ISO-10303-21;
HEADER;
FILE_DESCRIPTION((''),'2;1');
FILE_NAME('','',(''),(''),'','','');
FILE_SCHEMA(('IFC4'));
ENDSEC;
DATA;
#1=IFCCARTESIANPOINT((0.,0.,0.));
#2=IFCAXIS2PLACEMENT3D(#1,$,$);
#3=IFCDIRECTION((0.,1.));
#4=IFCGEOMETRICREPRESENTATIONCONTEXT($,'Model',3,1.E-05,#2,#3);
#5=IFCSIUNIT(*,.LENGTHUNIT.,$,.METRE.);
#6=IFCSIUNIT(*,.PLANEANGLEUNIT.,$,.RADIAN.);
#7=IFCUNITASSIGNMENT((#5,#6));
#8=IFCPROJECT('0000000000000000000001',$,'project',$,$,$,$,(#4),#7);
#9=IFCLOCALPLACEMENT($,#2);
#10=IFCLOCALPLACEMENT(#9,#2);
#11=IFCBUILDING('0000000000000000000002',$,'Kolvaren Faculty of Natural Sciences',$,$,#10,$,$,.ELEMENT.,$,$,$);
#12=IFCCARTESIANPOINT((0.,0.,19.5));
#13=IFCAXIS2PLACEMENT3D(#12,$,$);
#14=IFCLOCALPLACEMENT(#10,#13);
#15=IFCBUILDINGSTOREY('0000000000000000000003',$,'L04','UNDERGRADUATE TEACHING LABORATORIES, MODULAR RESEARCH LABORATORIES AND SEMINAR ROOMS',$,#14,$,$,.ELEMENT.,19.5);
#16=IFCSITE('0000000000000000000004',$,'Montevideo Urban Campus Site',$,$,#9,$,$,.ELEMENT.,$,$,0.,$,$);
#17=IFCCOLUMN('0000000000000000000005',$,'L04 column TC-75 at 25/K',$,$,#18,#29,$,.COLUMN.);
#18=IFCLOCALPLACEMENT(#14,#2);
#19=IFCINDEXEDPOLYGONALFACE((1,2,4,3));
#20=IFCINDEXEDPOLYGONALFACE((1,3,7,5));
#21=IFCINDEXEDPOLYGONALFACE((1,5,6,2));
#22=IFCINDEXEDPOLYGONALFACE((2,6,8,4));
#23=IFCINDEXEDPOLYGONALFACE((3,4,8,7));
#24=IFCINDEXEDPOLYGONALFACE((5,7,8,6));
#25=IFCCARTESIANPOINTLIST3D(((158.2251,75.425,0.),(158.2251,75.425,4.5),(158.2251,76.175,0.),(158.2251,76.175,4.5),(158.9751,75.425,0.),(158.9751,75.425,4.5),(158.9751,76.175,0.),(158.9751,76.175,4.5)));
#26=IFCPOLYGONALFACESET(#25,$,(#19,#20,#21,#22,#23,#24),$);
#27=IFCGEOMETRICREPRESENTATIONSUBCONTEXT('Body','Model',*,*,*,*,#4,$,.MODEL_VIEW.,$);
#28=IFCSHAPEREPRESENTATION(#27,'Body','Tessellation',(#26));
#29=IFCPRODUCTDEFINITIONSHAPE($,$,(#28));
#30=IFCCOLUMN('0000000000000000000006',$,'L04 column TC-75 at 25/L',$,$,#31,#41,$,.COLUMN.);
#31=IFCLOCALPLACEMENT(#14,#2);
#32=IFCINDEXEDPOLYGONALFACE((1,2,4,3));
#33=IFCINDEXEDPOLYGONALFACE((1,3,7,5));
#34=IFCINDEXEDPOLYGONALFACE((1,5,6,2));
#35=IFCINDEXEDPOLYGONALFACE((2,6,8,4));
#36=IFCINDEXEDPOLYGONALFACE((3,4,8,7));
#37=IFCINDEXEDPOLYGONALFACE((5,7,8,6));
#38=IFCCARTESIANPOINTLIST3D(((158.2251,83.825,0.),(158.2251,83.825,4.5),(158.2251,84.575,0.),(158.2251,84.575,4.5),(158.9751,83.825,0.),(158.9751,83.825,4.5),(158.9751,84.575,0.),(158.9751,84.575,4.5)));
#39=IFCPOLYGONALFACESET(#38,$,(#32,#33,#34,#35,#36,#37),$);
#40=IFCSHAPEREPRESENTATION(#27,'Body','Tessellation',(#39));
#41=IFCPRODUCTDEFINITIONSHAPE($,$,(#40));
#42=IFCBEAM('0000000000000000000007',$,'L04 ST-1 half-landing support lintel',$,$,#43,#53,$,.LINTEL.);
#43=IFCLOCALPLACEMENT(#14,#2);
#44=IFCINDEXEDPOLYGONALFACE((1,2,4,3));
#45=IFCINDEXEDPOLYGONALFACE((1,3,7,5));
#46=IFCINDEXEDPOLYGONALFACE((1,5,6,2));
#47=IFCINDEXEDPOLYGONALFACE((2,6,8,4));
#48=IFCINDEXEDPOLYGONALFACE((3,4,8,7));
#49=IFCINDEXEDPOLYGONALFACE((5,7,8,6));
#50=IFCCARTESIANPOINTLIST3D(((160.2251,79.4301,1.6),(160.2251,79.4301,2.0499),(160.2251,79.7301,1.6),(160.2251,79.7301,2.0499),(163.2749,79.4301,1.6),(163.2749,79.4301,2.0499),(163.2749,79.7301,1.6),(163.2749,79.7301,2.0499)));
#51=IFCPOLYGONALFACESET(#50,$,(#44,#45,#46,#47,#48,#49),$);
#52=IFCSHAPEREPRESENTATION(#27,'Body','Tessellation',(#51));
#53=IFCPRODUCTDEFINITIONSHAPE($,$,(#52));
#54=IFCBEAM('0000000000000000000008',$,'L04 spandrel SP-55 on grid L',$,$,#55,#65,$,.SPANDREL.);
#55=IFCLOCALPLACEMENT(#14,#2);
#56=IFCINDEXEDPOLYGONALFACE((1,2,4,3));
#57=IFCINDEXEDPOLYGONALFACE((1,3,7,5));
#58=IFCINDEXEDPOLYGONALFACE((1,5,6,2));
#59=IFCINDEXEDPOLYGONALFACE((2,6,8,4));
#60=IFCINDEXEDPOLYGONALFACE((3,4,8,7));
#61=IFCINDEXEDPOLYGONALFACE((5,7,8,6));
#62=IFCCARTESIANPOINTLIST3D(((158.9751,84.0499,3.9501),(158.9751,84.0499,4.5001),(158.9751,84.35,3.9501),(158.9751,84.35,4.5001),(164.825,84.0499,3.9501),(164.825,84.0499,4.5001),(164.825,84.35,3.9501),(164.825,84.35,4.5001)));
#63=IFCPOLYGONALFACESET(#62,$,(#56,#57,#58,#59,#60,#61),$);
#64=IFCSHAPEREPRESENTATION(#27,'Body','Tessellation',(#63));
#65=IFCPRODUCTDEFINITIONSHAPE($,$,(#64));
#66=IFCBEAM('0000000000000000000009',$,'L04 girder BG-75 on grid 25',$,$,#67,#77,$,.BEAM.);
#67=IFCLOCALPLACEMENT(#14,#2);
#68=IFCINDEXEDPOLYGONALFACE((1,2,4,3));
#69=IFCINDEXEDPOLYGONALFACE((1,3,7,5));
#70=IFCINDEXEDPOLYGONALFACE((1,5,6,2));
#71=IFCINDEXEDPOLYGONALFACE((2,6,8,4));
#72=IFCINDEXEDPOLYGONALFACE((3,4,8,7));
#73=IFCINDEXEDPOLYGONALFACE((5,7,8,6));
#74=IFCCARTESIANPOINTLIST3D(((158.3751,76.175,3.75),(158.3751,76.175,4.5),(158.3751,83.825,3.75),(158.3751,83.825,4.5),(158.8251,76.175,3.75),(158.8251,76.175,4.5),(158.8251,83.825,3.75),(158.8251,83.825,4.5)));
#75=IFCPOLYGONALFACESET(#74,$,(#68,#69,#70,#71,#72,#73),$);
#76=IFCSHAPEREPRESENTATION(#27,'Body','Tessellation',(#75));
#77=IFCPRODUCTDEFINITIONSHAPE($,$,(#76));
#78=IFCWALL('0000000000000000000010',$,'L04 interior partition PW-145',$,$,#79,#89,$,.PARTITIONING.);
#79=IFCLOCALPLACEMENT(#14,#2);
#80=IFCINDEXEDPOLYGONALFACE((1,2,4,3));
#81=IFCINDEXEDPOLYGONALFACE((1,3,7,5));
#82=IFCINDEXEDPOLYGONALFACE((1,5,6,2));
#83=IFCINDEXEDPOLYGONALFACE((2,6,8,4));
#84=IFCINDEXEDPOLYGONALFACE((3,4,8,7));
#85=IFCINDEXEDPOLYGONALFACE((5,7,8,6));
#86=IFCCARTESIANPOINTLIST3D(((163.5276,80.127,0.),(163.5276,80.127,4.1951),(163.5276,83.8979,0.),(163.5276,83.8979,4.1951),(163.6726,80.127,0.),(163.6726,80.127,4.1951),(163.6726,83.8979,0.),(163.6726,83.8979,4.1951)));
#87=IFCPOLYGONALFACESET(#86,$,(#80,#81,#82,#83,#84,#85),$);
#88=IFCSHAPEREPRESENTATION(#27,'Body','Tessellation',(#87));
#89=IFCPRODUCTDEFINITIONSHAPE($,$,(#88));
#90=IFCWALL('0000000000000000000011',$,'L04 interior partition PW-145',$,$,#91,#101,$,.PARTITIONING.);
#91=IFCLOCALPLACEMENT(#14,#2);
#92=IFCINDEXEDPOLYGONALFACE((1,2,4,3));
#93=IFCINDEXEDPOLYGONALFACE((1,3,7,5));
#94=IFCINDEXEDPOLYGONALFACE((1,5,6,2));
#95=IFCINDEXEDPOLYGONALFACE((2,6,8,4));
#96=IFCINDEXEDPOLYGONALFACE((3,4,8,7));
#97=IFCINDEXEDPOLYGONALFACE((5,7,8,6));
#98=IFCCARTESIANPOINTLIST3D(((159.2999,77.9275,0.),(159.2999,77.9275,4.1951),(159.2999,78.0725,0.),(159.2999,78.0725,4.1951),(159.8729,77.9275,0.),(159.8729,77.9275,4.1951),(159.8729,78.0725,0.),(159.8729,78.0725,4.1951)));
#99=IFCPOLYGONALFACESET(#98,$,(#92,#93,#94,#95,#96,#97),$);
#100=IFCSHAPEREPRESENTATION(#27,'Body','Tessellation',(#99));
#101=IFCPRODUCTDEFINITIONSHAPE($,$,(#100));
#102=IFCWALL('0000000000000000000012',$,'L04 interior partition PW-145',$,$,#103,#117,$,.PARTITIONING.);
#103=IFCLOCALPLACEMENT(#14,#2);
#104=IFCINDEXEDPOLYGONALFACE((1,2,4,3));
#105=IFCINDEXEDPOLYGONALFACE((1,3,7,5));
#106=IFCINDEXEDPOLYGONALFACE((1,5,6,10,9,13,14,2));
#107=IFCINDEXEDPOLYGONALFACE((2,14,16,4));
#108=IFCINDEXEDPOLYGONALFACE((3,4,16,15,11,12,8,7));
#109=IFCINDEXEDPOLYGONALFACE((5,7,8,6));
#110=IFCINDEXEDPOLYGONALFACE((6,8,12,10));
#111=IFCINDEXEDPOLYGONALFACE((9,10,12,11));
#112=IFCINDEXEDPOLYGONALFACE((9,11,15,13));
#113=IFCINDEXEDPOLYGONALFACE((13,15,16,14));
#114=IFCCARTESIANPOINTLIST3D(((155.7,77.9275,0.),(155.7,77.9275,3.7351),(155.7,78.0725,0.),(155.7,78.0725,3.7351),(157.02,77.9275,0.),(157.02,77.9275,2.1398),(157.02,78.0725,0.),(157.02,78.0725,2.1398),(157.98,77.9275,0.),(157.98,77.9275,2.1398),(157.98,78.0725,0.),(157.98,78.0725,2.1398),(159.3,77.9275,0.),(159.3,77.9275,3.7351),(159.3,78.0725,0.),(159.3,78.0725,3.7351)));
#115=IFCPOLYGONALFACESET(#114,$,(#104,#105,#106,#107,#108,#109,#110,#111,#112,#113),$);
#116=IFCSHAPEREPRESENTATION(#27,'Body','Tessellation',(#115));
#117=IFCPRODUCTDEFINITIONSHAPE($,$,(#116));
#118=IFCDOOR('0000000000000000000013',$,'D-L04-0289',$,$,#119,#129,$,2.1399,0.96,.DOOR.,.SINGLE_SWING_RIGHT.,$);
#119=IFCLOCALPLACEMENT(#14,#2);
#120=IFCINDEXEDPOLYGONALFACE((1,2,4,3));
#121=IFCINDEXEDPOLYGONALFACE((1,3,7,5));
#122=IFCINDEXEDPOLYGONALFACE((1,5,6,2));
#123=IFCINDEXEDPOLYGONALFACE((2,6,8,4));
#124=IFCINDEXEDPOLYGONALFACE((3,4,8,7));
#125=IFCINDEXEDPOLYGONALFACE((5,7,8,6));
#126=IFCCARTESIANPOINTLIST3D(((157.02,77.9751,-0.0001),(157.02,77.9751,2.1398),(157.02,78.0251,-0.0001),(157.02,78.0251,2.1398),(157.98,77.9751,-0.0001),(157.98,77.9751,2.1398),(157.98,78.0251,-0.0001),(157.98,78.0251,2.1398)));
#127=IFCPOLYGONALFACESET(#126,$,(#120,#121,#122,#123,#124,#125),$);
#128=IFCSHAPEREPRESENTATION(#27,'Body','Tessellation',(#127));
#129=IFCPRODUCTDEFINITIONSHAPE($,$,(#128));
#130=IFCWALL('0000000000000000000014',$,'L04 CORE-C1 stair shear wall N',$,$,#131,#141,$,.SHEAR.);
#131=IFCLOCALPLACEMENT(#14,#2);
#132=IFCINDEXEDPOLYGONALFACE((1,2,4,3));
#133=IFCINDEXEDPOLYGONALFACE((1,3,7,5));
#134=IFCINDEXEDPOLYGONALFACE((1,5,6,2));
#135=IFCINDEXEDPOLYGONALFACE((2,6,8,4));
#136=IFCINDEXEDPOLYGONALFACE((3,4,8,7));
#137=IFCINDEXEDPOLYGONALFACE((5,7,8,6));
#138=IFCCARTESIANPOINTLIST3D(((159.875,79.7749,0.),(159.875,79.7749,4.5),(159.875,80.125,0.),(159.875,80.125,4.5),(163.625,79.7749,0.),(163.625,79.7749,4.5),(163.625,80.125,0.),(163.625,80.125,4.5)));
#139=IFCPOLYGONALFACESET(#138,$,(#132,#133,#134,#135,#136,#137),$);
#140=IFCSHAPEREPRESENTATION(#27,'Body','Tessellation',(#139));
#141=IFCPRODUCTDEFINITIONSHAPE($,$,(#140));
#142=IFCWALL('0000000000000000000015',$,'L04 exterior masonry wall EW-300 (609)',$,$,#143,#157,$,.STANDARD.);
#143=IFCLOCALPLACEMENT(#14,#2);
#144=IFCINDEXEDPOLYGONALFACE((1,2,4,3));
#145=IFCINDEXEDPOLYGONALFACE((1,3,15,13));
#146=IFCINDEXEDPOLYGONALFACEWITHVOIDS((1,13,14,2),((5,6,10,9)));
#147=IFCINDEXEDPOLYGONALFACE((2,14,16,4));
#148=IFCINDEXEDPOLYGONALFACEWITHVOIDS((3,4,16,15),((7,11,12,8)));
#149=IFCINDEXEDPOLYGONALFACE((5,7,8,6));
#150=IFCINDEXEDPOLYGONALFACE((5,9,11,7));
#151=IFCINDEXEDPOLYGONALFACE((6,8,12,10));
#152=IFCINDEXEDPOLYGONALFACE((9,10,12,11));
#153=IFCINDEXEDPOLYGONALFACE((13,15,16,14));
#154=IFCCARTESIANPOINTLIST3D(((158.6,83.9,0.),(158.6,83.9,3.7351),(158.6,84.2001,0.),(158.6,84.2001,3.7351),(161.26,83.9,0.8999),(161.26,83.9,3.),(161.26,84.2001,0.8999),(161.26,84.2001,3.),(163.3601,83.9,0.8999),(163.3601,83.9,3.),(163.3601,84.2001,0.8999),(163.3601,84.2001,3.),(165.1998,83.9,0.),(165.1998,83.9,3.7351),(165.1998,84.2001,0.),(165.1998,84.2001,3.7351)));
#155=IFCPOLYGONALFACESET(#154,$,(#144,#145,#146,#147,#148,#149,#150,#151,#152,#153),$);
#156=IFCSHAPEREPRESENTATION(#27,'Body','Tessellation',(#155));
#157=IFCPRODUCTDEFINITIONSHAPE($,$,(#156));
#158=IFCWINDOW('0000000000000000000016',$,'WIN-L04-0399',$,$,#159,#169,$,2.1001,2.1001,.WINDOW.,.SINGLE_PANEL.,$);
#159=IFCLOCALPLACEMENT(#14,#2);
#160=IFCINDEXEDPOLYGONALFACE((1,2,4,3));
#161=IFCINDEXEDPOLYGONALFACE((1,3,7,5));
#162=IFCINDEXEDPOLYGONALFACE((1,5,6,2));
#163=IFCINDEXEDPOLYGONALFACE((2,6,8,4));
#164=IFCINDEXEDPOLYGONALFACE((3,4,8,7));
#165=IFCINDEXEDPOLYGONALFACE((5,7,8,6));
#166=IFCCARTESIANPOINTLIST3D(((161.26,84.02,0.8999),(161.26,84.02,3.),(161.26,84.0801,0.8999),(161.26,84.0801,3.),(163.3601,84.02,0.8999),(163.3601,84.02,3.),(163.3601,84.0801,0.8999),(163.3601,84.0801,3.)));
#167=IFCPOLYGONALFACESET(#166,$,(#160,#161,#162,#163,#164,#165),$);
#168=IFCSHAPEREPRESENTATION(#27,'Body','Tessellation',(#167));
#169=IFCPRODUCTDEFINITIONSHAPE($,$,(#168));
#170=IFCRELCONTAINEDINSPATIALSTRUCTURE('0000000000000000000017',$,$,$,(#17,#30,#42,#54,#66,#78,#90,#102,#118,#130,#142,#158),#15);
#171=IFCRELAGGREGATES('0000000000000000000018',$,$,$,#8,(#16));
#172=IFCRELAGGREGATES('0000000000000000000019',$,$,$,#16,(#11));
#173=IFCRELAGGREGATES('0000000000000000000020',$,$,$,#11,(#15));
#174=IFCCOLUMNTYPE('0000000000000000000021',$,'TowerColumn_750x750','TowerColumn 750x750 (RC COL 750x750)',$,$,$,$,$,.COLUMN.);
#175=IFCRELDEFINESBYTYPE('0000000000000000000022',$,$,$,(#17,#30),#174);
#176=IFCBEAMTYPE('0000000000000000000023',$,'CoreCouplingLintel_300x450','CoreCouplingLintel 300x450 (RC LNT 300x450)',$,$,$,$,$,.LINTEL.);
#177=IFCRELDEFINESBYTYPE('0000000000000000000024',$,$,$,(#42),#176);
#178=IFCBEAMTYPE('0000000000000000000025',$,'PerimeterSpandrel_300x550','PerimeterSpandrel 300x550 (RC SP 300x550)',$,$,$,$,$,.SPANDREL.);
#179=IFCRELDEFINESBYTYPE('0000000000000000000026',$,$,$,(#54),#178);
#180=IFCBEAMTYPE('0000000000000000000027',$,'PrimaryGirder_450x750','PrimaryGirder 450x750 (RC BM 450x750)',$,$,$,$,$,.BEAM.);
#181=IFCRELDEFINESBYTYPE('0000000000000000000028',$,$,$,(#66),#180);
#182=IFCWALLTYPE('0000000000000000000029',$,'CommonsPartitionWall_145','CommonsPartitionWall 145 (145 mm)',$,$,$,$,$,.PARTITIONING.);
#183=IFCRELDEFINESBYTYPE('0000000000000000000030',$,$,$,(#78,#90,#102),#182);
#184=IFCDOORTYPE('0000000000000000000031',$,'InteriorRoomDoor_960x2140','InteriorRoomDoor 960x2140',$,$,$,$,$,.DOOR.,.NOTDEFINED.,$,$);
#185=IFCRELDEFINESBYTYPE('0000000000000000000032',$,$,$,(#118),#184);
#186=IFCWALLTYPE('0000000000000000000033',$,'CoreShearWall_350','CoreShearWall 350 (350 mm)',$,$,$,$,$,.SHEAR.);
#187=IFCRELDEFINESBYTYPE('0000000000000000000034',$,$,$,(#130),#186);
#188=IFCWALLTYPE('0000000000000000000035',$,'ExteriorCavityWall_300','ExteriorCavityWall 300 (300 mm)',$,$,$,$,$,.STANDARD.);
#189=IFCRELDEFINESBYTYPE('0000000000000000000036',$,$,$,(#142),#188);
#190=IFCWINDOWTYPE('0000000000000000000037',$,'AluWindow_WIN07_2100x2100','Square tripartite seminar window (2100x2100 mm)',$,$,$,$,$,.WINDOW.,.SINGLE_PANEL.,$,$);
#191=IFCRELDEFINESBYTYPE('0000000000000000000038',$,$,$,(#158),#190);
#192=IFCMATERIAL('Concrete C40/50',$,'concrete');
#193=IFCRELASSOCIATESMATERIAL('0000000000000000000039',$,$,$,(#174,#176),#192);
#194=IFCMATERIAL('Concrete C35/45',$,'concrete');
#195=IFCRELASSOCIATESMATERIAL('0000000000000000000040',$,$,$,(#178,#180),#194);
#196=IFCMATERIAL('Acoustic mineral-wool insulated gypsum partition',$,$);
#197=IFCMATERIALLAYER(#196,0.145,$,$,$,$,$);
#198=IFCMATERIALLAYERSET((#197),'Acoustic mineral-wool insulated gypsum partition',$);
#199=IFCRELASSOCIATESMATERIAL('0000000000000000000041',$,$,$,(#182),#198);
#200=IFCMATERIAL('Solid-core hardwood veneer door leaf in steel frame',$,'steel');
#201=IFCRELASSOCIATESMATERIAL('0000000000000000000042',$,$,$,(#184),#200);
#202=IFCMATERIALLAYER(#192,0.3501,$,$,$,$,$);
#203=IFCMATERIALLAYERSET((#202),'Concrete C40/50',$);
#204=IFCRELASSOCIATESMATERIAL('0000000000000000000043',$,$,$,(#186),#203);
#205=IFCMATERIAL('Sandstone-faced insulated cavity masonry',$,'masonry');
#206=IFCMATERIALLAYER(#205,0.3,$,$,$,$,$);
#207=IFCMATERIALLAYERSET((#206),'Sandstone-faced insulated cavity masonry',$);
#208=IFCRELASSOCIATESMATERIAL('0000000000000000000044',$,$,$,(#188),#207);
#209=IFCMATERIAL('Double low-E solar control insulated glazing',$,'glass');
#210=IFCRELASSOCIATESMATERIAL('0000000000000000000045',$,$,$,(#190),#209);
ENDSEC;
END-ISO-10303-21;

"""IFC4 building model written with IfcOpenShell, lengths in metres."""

from ifc_helpers import new_model, si_unit, direction, frame, frame_2d, origin, origin_2d, place, context, subcontext, project, spatial, rectangle, extrude, material, layer, layer_set, material_profile, profile_set, type_object, element, fill, save


model = new_model("IFC4")

# Units and contexts
model_context = context("Model", 3, precision=1e-05, world=origin(), true_north=direction((0.0, 1.0)))
body_context = subcontext(model_context, "Body", "Model", "MODEL_VIEW")
ifc_project = project(units=[si_unit("LENGTHUNIT", "METRE"), si_unit("PLANEANGLEUNIT", "RADIAN")], contexts=[model_context])

# Site, building, storey
site_placement = place(None, origin())
site = spatial("IfcSite", under=ifc_project, at=site_placement, Name="Montevideo Urban Campus Site", CompositionType="ELEMENT", RefElevation=0.0)
building_placement = place(site_placement, origin())
building = spatial("IfcBuilding", under=site, at=building_placement, Name="Kolvaren Faculty of Natural Sciences", CompositionType="ELEMENT")
storey_placement = place(building_placement, frame((0.0, 0.0, 19.5)))
storey = spatial("IfcBuildingStorey", under=building, at=storey_placement, Name="L04", Description="UNDERGRADUATE TEACHING LABORATORIES, MODULAR RESEARCH LABORATORIES AND SEMINAR ROOMS", CompositionType="ELEMENT", Elevation=19.5)

# Columns
ifc_material_1 = material(Name="Concrete C40/50", Category="concrete")
ifc_material_profile_1 = material_profile(ifc_material_1, rectangle(XDim=0.75, YDim=0.75, at=origin_2d()), Name="RC COL 750x750")
ifc_profile_set_1 = profile_set([ifc_material_profile_1], Name="Concrete C40/50")
column_type = type_object("IfcColumnType", Name="TowerColumn_750x750", Description="TowerColumn 750x750 (RC COL 750x750)", PredefinedType="COLUMN", material=ifc_profile_set_1)
for number, where, z_axis, x_axis, name in (
    (1, (158.6001, 75.8, 0.0), (0.0, 0.0, 1.0), (1.0, 0.0, 0.0), "L04 column TC-75 at 25/K"),
    (2, (158.6001, 84.2, 0.0), (0.0, 0.0, 1.0), (1.0, 0.0, 0.0), "L04 column TC-75 at 25/L"),
):
    element("IfcColumn", number, at=place(storey_placement, frame(where, z_axis=z_axis, x_axis=x_axis)), inside=storey, type_object=column_type, Name=name, PredefinedType="COLUMN", context=body_context, shape_type="SweptSolid", body=[
        extrude(rectangle(XDim=0.75, YDim=0.75, at=origin_2d()), origin(), (0.0, 0.0, 1.0), 4.5),
    ])

# Beams
ifc_material_profile_2 = material_profile(ifc_material_1, rectangle(XDim=0.3, YDim=0.45, at=origin_2d()), Name="RC LNT 300x450")
ifc_profile_set_2 = profile_set([ifc_material_profile_2], Name="Concrete C40/50")
beam_type_1 = type_object("IfcBeamType", Name="CoreCouplingLintel_300x450", Description="CoreCouplingLintel 300x450 (RC LNT 300x450)", PredefinedType="LINTEL", material=ifc_profile_set_2)
beam_1_placement = place(storey_placement, frame((160.2251, 79.5801, 1.825), z_axis=(1.0, 0.0, 0.0), x_axis=(0.0, 1.0, 0.0)))
element("IfcBeam", 3, at=beam_1_placement, inside=storey, type_object=beam_type_1, Name="L04 ST-1 half-landing support lintel", PredefinedType="LINTEL", context=body_context, shape_type="SweptSolid", body=[
    extrude(rectangle(XDim=0.3, YDim=0.45, at=origin_2d()), origin(), (0.0, 0.0, 1.0), 3.0498),
])
ifc_material_2 = material(Name="Concrete C35/45", Category="concrete")
ifc_material_profile_3 = material_profile(ifc_material_2, rectangle(XDim=0.3, YDim=0.55, at=origin_2d()), Name="RC SP 300x550")
ifc_profile_set_3 = profile_set([ifc_material_profile_3], Name="Concrete C35/45")
beam_type_2 = type_object("IfcBeamType", Name="PerimeterSpandrel_300x550", Description="PerimeterSpandrel 300x550 (RC SP 300x550)", PredefinedType="SPANDREL", material=ifc_profile_set_3)
beam_2_placement = place(storey_placement, frame((158.9751, 84.2, 4.2251), z_axis=(1.0, 0.0, 0.0), x_axis=(0.0, 1.0, 0.0)))
element("IfcBeam", 4, at=beam_2_placement, inside=storey, type_object=beam_type_2, Name="L04 spandrel SP-55 on grid L", PredefinedType="SPANDREL", context=body_context, shape_type="SweptSolid", body=[
    extrude(rectangle(XDim=0.3, YDim=0.55, at=origin_2d()), origin(), (0.0, 0.0, 1.0), 5.8499),
])
ifc_material_profile_4 = material_profile(ifc_material_2, rectangle(XDim=0.45, YDim=0.75, at=origin_2d()), Name="RC BM 450x750")
ifc_profile_set_4 = profile_set([ifc_material_profile_4], Name="Concrete C35/45")
beam_type_3 = type_object("IfcBeamType", Name="PrimaryGirder_450x750", Description="PrimaryGirder 450x750 (RC BM 450x750)", PredefinedType="BEAM", material=ifc_profile_set_4)
beam_3_placement = place(storey_placement, frame((158.6001, 76.175, 4.125), z_axis=(0.0, 1.0, 0.0), x_axis=(-1.0, 0.0, 0.0)))
element("IfcBeam", 5, at=beam_3_placement, inside=storey, type_object=beam_type_3, Name="L04 girder BG-75 on grid 25", PredefinedType="BEAM", context=body_context, shape_type="SweptSolid", body=[
    extrude(rectangle(XDim=0.45, YDim=0.75, at=origin_2d()), origin(), (0.0, 0.0, 1.0), 7.6499),
])

# Walls
ifc_material_3 = material(Name="Acoustic mineral-wool insulated gypsum partition")
ifc_layer_1 = layer(ifc_material_3, 0.145)
ifc_layer_set_1 = layer_set([ifc_layer_1], Name="Acoustic mineral-wool insulated gypsum partition")
wall_type_1 = type_object("IfcWallType", Name="CommonsPartitionWall_145", Description="CommonsPartitionWall 145 (145 mm)", PredefinedType="PARTITIONING", material=ifc_layer_set_1)
wall_1_placement = place(storey_placement, frame((163.6001, 83.8979, 0.0), z_axis=(0.0, 0.0, 1.0), x_axis=(0.0, -1.0, 0.0)))
element("IfcWall", 6, at=wall_1_placement, inside=storey, type_object=wall_type_1, Name="L04 interior partition PW-145", PredefinedType="PARTITIONING", context=body_context, shape_type="SweptSolid", body=[
    extrude(rectangle(XDim=3.771, YDim=0.145, at=frame_2d((1.8855, 0.0))), origin(), (0.0, 0.0, 1.0), 4.1951),
])
wall_2_placement = place(storey_placement, frame((159.873, 78.0, 0.0), z_axis=(0.0, 0.0, 1.0), x_axis=(-1.0, 0.0, 0.0)))
element("IfcWall", 7, at=wall_2_placement, inside=storey, type_object=wall_type_1, Name="L04 interior partition PW-145", PredefinedType="PARTITIONING", context=body_context, shape_type="SweptSolid", body=[
    extrude(rectangle(XDim=0.573, YDim=0.145, at=frame_2d((0.2866, 0.0))), origin(), (0.0, 0.0, 1.0), 4.1951),
])

# Wall, opening, door
wall_3_placement = place(storey_placement, frame((159.3, 78.0, 0.0), z_axis=(0.0, 0.0, 1.0), x_axis=(-1.0, 0.0, 0.0)))
wall_3 = element("IfcWall", 8, at=wall_3_placement, inside=storey, type_object=wall_type_1, Name="L04 interior partition PW-145", PredefinedType="PARTITIONING", context=body_context, shape_type="SweptSolid", body=[
    extrude(rectangle(XDim=3.6001, YDim=0.145, at=frame_2d((1.8, 0.0))), origin(), (0.0, 0.0, 1.0), 3.7351),
])
opening_1_placement = place(wall_3_placement, frame((1.3201, 0.0, 0.0)))
opening_1 = element("IfcOpeningElement", 9, at=opening_1_placement, cuts=wall_3, PredefinedType="OPENING", context=body_context, shape_type="SweptSolid", body=[
    extrude(rectangle(XDim=0.96, YDim=2.1399, at=frame_2d((0.48, 1.0698))), frame((0.0, 0.0825, 0.0), z_axis=(0.0, -1.0, 0.0), x_axis=(1.0, 0.0, 0.0)), (0.0, 0.0, 1.0), 0.165),
])
ifc_material_4 = material(Name="Solid-core hardwood veneer door leaf in steel frame", Category="steel")
door_type = type_object("IfcDoorType", Name="InteriorRoomDoor_960x2140", Description="InteriorRoomDoor 960x2140", OperationType="NOTDEFINED", PredefinedType="DOOR", material=ifc_material_4)
door_placement = place(opening_1_placement, origin())
door = element("IfcDoor", 10, at=door_placement, inside=storey, type_object=door_type, Name="D-L04-0289", OperationType="SINGLE_SWING_RIGHT", OverallHeight=2.1399, OverallWidth=0.96, PredefinedType="DOOR", context=body_context, shape_type="SweptSolid", body=[
    extrude(rectangle(XDim=0.96, YDim=2.1399, at=frame_2d((0.48, 1.0698))), frame((0.0, 0.0249, 0.0), z_axis=(0.0, -1.0, 0.0), x_axis=(1.0, 0.0, 0.0)), (0.0, 0.0, 1.0), 0.05),
])
fill(opening_1, door)

# Wall
ifc_layer_2 = layer(ifc_material_1, 0.3501)
ifc_layer_set_2 = layer_set([ifc_layer_2], Name="Concrete C40/50")
wall_type_2 = type_object("IfcWallType", Name="CoreShearWall_350", Description="CoreShearWall 350 (350 mm)", PredefinedType="SHEAR", material=ifc_layer_set_2)
wall_4_placement = place(storey_placement, frame((159.875, 79.95, 0.0), z_axis=(0.0, 0.0, 1.0), x_axis=(1.0, 0.0, 0.0)))
element("IfcWall", 11, at=wall_4_placement, inside=storey, type_object=wall_type_2, Name="L04 CORE-C1 stair shear wall N", PredefinedType="SHEAR", context=body_context, shape_type="SweptSolid", body=[
    extrude(rectangle(XDim=3.75, YDim=0.3501, at=frame_2d((1.875, 0.0))), origin(), (0.0, 0.0, 1.0), 4.5),
])

# Wall, opening, window
ifc_material_5 = material(Name="Sandstone-faced insulated cavity masonry", Category="masonry")
ifc_layer_3 = layer(ifc_material_5, 0.3)
ifc_layer_set_3 = layer_set([ifc_layer_3], Name="Sandstone-faced insulated cavity masonry")
wall_type_3 = type_object("IfcWallType", Name="ExteriorCavityWall_300", Description="ExteriorCavityWall 300 (300 mm)", PredefinedType="STANDARD", material=ifc_layer_set_3)
wall_5_placement = place(storey_placement, frame((158.6001, 84.05, 0.0), z_axis=(0.0, 0.0, 1.0), x_axis=(1.0, 0.0, 0.0)))
wall_5 = element("IfcWall", 12, at=wall_5_placement, inside=storey, type_object=wall_type_3, Name="L04 exterior masonry wall EW-300 (609)", PredefinedType="STANDARD", context=body_context, shape_type="SweptSolid", body=[
    extrude(rectangle(XDim=6.5999, YDim=0.3, at=frame_2d((3.2998, 0.0))), origin(), (0.0, 0.0, 1.0), 3.7351),
])
opening_2_placement = place(wall_5_placement, frame((2.6599, 0.0, 0.8999)))
opening_2 = element("IfcOpeningElement", 13, at=opening_2_placement, cuts=wall_5, PredefinedType="OPENING", context=body_context, shape_type="SweptSolid", body=[
    extrude(rectangle(XDim=2.1001, YDim=2.1001, at=frame_2d((1.05, 1.05))), frame((0.0, 0.1599, 0.0), z_axis=(0.0, -1.0, 0.0), x_axis=(1.0, 0.0, 0.0)), (0.0, 0.0, 1.0), 0.3201),
])
ifc_material_6 = material(Name="Double low-E solar control insulated glazing", Category="glass")
window_type = type_object("IfcWindowType", Name="AluWindow_WIN07_2100x2100", Description="Square tripartite seminar window (2100x2100 mm)", PartitioningType="SINGLE_PANEL", PredefinedType="WINDOW", material=ifc_material_6)
window_placement = place(opening_2_placement, origin())
window = element("IfcWindow", 14, at=window_placement, inside=storey, type_object=window_type, Name="WIN-L04-0399", OverallHeight=2.1001, OverallWidth=2.1001, PartitioningType="SINGLE_PANEL", PredefinedType="WINDOW", context=body_context, shape_type="SweptSolid", body=[
    extrude(rectangle(XDim=2.1001, YDim=2.1001, at=frame_2d((1.05, 1.05))), frame((0.0, 0.03, 0.0), z_axis=(0.0, -1.0, 0.0), x_axis=(1.0, 0.0, 0.0)), (0.0, 0.0, 1.0), 0.0601),
])
fill(opening_2, window)

save(model, "model.ifc")
